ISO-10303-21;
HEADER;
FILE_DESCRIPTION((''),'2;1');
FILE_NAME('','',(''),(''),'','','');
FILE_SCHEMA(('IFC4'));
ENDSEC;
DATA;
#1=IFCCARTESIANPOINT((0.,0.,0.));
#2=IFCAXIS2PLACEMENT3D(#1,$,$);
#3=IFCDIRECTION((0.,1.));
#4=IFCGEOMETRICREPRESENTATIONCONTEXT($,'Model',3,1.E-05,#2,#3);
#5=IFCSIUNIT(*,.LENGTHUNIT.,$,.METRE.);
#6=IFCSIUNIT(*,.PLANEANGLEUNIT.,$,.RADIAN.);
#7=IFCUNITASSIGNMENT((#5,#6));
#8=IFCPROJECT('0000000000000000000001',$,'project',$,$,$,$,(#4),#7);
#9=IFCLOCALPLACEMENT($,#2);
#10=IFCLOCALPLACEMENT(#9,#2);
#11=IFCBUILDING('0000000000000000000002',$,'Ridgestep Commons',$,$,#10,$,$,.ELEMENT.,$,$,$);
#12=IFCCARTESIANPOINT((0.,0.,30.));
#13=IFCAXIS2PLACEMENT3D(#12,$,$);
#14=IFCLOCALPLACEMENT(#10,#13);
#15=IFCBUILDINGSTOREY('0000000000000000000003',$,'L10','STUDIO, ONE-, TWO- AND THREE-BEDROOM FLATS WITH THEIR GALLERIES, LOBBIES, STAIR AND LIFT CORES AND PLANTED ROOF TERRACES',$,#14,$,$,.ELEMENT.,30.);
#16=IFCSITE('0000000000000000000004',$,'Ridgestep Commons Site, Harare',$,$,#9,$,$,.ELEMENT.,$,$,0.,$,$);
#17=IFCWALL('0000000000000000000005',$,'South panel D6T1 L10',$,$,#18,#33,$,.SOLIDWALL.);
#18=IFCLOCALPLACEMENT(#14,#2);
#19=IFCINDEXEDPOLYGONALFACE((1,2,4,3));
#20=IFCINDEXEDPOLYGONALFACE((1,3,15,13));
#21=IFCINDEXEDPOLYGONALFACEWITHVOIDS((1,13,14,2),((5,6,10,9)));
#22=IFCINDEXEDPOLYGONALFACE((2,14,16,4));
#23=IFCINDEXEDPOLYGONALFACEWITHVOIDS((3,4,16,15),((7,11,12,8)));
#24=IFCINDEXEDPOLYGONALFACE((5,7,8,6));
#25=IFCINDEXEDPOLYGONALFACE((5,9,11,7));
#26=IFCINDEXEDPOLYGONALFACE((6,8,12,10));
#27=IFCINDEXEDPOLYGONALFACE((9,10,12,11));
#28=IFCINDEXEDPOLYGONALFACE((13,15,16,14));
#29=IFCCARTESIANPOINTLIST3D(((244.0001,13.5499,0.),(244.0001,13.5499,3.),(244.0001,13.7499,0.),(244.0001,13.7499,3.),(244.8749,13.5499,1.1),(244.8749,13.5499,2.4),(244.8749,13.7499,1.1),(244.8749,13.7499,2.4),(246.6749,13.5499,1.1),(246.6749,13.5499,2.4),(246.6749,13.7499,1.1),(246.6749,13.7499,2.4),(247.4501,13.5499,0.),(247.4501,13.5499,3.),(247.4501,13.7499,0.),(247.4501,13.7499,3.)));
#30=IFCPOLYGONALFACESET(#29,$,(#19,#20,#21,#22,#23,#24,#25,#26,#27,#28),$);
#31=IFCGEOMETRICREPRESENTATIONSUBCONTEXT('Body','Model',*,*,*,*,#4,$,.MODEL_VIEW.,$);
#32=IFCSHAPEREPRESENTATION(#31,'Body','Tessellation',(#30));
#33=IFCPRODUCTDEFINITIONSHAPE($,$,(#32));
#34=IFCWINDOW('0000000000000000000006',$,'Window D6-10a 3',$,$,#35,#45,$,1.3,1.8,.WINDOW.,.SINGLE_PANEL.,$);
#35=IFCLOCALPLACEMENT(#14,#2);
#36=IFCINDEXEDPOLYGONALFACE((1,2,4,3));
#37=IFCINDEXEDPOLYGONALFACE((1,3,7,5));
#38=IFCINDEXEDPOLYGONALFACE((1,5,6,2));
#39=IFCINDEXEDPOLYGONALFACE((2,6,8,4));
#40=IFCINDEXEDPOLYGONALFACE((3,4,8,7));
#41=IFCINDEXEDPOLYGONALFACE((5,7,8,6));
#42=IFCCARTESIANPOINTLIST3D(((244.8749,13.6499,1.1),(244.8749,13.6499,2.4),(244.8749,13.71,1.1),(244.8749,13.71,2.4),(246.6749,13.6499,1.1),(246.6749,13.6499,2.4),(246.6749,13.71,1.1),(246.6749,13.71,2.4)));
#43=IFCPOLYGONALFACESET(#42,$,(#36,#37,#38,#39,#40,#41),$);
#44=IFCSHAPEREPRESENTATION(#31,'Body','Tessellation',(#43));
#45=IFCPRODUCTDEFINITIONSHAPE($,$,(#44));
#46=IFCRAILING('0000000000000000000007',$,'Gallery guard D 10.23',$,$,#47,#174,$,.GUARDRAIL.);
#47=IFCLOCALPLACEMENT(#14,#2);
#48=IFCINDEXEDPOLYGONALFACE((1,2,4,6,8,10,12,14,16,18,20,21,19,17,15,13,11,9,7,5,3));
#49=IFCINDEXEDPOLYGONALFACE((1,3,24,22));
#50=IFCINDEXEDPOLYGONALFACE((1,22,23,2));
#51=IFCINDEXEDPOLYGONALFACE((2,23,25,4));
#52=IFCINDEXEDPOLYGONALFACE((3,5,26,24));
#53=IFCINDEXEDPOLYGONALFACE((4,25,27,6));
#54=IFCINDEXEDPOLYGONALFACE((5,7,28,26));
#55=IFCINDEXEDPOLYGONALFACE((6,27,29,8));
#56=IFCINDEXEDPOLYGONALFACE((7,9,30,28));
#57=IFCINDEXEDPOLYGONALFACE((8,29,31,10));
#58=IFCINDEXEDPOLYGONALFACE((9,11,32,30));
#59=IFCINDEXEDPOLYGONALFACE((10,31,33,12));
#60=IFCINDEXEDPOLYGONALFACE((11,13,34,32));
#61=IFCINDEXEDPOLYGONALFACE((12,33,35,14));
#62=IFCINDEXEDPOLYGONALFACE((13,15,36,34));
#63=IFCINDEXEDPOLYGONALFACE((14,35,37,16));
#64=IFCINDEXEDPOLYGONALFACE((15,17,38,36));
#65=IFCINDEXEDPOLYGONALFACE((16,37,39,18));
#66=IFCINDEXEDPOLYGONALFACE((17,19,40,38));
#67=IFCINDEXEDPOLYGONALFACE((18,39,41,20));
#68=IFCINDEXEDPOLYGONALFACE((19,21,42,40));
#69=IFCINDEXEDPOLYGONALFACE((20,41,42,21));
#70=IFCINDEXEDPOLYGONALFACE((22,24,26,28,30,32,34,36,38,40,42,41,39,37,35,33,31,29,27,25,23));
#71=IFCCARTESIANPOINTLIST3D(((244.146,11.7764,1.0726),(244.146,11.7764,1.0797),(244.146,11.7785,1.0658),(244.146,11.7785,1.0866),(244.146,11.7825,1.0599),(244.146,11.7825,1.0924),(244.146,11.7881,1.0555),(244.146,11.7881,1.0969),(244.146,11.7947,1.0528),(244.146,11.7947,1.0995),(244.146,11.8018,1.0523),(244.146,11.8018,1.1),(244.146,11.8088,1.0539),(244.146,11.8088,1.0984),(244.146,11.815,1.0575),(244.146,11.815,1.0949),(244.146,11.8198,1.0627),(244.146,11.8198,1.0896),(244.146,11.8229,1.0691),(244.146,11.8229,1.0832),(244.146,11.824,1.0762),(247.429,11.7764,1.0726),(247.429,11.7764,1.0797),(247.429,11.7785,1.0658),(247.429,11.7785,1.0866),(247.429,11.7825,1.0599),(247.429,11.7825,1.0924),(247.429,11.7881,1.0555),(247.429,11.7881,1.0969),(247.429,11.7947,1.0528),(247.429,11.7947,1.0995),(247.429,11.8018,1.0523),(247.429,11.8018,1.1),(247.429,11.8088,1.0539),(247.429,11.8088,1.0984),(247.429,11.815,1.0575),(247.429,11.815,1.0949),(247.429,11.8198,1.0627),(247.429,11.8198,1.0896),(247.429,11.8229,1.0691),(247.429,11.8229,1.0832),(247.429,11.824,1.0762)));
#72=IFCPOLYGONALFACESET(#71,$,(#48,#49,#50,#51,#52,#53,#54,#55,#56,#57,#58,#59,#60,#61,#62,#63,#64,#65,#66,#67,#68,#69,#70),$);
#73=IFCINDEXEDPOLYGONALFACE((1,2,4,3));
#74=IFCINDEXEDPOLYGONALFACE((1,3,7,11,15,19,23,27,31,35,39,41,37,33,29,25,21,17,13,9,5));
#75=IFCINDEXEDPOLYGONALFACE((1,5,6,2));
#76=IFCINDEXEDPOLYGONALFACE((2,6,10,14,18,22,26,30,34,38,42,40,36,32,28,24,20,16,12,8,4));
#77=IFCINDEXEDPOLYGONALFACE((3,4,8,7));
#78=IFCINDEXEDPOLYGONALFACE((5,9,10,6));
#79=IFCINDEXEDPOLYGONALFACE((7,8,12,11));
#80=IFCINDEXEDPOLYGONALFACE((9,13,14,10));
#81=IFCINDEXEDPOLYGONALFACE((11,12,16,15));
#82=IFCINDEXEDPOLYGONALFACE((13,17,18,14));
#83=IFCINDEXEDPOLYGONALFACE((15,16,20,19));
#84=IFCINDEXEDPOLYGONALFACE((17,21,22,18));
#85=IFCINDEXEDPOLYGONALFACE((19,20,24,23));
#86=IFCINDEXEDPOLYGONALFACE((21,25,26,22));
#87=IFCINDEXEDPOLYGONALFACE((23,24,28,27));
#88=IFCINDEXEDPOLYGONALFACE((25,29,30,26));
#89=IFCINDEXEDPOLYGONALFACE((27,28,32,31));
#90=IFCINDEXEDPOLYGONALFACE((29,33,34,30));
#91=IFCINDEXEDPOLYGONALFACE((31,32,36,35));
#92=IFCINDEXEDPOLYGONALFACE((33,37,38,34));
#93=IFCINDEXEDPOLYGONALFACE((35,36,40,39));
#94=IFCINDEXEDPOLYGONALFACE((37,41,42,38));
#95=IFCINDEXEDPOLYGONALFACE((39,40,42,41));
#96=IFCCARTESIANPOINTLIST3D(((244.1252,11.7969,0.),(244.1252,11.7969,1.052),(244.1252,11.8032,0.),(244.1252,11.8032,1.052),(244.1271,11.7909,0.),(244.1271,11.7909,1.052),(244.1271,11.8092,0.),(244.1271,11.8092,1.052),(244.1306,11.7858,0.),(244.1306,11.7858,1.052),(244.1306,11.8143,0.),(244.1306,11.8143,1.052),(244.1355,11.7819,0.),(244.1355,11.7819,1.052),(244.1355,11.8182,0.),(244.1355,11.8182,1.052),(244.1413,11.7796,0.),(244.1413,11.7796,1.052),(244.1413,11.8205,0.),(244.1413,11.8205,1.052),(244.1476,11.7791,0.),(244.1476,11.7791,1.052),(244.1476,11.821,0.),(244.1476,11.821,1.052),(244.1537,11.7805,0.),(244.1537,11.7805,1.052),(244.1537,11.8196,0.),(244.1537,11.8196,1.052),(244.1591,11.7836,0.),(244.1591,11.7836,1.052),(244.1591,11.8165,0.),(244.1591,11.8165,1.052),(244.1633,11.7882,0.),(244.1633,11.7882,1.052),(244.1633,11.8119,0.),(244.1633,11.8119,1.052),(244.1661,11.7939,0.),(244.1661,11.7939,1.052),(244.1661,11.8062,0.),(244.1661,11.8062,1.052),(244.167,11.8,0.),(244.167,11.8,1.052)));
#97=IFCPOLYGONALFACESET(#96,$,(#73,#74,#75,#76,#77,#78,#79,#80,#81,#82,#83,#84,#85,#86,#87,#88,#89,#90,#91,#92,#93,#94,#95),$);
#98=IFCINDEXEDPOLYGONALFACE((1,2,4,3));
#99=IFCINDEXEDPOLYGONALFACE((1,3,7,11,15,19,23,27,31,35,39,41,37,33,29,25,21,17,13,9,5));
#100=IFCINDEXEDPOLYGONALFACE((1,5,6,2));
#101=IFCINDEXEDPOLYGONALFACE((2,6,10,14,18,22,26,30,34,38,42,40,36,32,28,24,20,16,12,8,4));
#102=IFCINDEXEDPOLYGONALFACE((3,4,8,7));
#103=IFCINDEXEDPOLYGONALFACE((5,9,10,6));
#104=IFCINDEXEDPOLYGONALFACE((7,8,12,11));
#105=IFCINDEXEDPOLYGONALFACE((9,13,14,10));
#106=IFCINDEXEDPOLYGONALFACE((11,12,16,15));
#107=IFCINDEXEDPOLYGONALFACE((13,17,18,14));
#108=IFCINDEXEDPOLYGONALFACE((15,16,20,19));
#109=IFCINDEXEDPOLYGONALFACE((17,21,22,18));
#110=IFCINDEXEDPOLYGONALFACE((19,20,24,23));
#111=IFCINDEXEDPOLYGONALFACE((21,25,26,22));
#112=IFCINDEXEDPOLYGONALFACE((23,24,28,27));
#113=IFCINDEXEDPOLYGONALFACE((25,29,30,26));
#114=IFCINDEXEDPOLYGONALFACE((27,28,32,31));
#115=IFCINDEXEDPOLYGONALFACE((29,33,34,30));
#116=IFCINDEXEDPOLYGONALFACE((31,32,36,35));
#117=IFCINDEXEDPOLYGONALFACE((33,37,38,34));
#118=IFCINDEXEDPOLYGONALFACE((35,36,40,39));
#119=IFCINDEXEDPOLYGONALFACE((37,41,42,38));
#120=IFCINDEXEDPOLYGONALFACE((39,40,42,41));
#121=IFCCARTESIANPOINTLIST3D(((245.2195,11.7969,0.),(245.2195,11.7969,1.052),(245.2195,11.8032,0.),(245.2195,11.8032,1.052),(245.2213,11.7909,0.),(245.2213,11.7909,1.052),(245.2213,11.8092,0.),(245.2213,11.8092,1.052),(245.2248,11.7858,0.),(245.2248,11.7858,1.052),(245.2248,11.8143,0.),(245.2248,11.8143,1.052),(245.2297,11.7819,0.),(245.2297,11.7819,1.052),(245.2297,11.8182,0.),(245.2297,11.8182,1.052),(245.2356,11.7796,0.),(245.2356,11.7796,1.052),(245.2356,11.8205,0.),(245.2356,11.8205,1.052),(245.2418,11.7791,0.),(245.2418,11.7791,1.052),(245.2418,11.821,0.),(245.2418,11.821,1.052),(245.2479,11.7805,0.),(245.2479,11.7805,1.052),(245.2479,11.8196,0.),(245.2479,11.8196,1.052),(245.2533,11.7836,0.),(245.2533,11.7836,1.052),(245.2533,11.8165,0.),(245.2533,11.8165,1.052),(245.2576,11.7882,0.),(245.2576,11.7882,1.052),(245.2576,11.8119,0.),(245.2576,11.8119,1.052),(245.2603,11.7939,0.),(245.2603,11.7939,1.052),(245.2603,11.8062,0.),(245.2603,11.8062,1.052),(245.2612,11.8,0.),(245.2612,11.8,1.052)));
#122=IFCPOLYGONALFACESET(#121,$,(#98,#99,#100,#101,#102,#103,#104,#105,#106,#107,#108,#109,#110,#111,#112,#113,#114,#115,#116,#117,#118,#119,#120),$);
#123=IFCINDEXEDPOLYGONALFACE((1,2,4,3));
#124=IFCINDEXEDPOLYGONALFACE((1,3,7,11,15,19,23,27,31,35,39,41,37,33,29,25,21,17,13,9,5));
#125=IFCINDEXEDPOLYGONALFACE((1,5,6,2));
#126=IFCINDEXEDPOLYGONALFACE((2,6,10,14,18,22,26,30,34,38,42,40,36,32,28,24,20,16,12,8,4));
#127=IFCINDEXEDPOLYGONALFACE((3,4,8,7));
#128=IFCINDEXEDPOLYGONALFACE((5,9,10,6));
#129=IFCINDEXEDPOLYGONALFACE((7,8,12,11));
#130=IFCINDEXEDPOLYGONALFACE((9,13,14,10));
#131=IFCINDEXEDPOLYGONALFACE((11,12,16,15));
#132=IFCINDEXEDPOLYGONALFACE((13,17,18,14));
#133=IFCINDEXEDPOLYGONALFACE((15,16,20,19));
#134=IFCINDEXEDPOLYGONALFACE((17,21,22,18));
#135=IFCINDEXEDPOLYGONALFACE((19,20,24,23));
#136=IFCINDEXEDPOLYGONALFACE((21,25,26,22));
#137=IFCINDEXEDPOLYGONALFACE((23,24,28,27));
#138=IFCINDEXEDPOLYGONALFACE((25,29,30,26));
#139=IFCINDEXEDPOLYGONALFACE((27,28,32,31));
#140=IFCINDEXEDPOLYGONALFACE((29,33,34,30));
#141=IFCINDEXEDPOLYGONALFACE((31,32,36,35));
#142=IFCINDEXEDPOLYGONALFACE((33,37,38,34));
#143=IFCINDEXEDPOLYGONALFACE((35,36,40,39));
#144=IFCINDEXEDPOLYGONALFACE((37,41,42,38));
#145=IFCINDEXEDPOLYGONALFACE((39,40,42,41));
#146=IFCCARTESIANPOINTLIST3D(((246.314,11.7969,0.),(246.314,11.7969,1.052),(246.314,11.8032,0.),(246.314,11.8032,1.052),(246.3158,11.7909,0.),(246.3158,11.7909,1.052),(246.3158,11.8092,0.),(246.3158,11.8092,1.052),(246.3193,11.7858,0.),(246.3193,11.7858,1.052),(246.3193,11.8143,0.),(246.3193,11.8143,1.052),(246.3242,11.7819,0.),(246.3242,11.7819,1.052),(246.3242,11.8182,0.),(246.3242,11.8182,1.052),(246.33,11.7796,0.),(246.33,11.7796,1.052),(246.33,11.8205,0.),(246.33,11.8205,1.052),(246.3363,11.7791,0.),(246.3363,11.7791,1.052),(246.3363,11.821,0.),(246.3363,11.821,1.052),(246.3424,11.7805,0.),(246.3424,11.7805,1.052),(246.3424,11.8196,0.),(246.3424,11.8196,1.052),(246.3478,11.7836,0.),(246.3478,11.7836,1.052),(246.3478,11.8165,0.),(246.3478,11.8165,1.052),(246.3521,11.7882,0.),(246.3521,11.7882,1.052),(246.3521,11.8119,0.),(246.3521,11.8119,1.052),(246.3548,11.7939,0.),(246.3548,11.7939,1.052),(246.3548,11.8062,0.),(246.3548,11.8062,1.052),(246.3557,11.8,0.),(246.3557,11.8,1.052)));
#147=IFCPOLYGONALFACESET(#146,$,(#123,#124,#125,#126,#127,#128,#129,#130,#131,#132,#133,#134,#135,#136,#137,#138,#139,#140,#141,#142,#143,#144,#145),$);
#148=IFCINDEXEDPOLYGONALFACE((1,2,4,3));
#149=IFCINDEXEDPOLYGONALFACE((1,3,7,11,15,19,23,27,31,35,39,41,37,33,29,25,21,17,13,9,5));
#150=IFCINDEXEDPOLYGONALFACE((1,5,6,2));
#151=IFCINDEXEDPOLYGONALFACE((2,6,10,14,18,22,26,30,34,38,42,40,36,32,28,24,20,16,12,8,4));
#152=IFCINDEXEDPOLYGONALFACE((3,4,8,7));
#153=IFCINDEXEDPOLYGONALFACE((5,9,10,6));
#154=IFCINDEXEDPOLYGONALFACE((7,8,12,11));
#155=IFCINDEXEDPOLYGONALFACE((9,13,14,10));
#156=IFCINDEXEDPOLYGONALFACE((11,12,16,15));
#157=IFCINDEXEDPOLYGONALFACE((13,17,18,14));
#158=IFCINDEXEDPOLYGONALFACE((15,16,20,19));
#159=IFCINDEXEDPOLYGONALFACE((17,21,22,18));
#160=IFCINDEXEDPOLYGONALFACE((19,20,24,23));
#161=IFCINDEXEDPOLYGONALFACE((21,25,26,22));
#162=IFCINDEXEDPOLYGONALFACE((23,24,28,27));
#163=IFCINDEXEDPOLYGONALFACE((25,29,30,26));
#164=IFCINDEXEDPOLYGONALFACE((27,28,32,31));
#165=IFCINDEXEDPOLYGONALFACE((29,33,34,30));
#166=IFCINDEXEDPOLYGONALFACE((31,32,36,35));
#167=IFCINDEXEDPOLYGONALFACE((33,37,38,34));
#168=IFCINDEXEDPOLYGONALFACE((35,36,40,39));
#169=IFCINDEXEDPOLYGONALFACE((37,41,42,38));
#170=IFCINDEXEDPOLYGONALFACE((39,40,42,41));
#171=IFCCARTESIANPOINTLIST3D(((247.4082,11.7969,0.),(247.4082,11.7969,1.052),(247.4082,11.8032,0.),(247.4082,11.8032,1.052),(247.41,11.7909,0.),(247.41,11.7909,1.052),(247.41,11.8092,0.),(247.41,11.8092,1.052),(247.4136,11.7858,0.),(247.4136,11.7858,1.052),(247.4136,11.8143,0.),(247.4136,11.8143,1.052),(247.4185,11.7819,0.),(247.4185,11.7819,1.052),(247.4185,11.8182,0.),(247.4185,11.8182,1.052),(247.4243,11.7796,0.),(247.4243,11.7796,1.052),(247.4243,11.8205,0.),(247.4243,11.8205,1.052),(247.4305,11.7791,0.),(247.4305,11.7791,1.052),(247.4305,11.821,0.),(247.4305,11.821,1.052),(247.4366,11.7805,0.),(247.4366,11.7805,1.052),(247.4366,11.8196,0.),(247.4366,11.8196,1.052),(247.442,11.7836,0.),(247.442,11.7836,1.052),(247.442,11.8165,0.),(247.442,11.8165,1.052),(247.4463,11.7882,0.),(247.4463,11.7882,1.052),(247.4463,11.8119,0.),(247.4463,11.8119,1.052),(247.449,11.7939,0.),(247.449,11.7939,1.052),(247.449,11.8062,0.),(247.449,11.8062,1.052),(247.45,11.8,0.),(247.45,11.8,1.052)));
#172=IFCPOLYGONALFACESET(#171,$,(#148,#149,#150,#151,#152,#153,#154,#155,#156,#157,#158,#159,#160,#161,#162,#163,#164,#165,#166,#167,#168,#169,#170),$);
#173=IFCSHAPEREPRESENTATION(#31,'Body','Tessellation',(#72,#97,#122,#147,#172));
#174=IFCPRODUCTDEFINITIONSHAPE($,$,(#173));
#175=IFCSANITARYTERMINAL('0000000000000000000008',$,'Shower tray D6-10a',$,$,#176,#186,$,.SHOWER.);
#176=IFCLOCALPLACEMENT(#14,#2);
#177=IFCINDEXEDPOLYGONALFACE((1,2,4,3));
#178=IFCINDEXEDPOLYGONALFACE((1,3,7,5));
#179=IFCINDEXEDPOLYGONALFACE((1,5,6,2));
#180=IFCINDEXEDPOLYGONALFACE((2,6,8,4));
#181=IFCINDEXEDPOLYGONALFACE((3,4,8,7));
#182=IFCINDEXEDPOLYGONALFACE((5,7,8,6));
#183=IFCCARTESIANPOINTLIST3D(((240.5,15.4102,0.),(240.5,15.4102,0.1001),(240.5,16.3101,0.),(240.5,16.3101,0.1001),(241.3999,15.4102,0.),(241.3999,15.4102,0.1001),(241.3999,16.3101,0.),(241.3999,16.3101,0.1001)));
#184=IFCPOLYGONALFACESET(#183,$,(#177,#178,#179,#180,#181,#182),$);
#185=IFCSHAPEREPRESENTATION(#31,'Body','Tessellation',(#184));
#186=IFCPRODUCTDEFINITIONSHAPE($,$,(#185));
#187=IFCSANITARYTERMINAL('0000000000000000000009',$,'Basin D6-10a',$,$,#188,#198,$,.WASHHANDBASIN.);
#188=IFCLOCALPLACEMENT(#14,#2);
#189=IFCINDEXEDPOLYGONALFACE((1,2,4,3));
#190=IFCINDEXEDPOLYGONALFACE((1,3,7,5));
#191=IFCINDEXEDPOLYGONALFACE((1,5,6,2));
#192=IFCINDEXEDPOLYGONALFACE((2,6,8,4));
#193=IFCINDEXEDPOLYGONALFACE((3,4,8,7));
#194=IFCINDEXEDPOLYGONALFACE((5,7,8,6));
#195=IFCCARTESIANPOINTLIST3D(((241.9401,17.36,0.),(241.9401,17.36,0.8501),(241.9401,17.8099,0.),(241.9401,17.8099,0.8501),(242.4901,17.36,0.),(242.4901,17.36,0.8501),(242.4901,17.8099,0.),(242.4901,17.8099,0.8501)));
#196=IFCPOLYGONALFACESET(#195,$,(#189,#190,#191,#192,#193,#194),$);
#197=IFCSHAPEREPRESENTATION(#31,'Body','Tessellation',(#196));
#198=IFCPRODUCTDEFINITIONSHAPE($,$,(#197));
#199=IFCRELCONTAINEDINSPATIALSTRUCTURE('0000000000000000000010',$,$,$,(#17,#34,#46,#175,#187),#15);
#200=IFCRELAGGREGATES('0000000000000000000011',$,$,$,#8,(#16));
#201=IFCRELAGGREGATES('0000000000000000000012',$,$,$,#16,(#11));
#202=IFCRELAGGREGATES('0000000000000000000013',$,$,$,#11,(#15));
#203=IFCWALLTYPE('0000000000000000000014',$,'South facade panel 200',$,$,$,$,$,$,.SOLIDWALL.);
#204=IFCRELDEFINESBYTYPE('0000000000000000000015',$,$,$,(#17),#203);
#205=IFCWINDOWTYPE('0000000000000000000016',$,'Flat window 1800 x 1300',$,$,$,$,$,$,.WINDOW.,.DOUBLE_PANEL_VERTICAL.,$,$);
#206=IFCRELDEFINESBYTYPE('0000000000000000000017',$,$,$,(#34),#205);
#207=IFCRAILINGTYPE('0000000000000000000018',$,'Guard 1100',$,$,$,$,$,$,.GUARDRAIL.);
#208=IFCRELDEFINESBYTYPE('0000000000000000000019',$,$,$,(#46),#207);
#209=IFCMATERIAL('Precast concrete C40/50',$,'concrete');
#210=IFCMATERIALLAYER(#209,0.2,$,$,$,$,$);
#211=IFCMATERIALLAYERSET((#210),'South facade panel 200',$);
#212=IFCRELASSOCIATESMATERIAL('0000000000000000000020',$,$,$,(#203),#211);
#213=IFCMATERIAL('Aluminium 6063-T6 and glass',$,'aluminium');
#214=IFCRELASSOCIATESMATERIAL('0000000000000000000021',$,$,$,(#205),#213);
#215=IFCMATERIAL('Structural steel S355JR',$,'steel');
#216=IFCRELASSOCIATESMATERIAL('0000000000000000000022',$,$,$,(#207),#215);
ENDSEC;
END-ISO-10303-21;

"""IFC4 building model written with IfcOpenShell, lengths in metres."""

from ifc_helpers import new_model, si_unit, direction, frame, frame_2d, origin, origin_2d, place, context, subcontext, project, spatial, rectangle, circle, extrude, material, layer, layer_set, type_object, element, fill, save


model = new_model("IFC4")

# Units and contexts
model_context = context("Model", 3, precision=1e-05, world=origin(), true_north=direction((0.0, 1.0)))
body_context = subcontext(model_context, "Body", "Model", "MODEL_VIEW")
ifc_project = project(units=[si_unit("LENGTHUNIT", "METRE"), si_unit("PLANEANGLEUNIT", "RADIAN")], contexts=[model_context])

# Site, building, storey
site_placement = place(None, origin())
site = spatial("IfcSite", under=ifc_project, at=site_placement, Name="Ridgestep Commons Site, Harare", CompositionType="ELEMENT", RefElevation=0.0)
building_placement = place(site_placement, origin())
building = spatial("IfcBuilding", under=site, at=building_placement, Name="Ridgestep Commons", CompositionType="ELEMENT")
storey_placement = place(building_placement, frame((0.0, 0.0, 30.0)))
storey = spatial("IfcBuildingStorey", under=building, at=storey_placement, Name="L10", Description="STUDIO, ONE-, TWO- AND THREE-BEDROOM FLATS WITH THEIR GALLERIES, LOBBIES, STAIR AND LIFT CORES AND PLANTED ROOF TERRACES", CompositionType="ELEMENT", Elevation=30.0)

# Wall, opening, window
ifc_material_1 = material(Name="Precast concrete C40/50", Category="concrete")
ifc_layer_1 = layer(ifc_material_1, 0.2)
ifc_layer_set_1 = layer_set([ifc_layer_1], Name="South facade panel 200")
wall_type_1 = type_object("IfcWallType", Name="South facade panel 200", PredefinedType="SOLIDWALL", material=ifc_layer_set_1)
wall_1_placement = place(storey_placement, frame((244.0, 13.6499, 0.0), z_axis=(0.0, 0.0, 1.0), x_axis=(1.0, 0.0, 0.0)))
wall_1 = element("IfcWall", 1, at=wall_1_placement, inside=storey, type_object=wall_type_1, Name="South panel D6T1 L10", PredefinedType="SOLIDWALL", context=body_context, shape_type="SweptSolid", body=[
    extrude(rectangle(XDim=3.45, YDim=0.2, at=frame_2d((1.7251, 0.0))), origin(), (0.0, 0.0, 1.0), 3.0),
])
opening_1_placement = place(wall_1_placement, frame((0.875, 0.0, 1.1001)))
opening_1 = element("IfcOpeningElement", 2, at=opening_1_placement, cuts=wall_1, PredefinedType="OPENING", context=body_context, shape_type="SweptSolid", body=[
    extrude(rectangle(XDim=1.8, YDim=1.3, at=frame_2d((0.8999, 0.6499))), frame((0.0, 0.1099, 0.0), z_axis=(0.0, -1.0, 0.0), x_axis=(1.0, 0.0, 0.0)), (0.0, 0.0, 1.0), 0.22),
])
ifc_material_2 = material(Name="Aluminium 6063-T6 and glass", Category="aluminium")
window_type_1 = type_object("IfcWindowType", Name="Flat window 1800 x 1300", PartitioningType="DOUBLE_PANEL_VERTICAL", PredefinedType="WINDOW", material=ifc_material_2)
window_1_placement = place(opening_1_placement, origin())
window_1 = element("IfcWindow", 3, at=window_1_placement, inside=storey, type_object=window_type_1, Name="Window D6-10a 3", OverallHeight=1.3, OverallWidth=1.8, PartitioningType="SINGLE_PANEL", PredefinedType="WINDOW", context=body_context, shape_type="SweptSolid", body=[
    extrude(rectangle(XDim=1.8, YDim=1.3, at=frame_2d((0.8999, 0.6499))), frame((0.0, 0.0601, 0.0), z_axis=(0.0, -1.0, 0.0), x_axis=(1.0, 0.0, 0.0)), (0.0, 0.0, 1.0), 0.0601),
])
fill(opening_1, window_1)

# Railing
ifc_material_3 = material(Name="Structural steel S355JR", Category="steel")
railing_type = type_object("IfcRailingType", Name="Guard 1100", PredefinedType="GUARDRAIL", material=ifc_material_3)
railing_placement = place(storey_placement, frame((244.146, 11.8, 0.0)))
element("IfcRailing", 4, at=railing_placement, inside=storey, type_object=railing_type, Name="Gallery guard D 10.23", PredefinedType="GUARDRAIL", context=body_context, shape_type="SweptSolid", body=[
    extrude(circle(Radius=0.0239, at=origin_2d()), frame((0.0, 0.0, 1.0762), z_axis=(1.0, 0.0, 0.0), x_axis=(0.0, 1.0, 0.0)), (0.0, 0.0, 1.0), 3.283),
    extrude(circle(Radius=0.021, at=origin_2d()), origin(), (0.0, 0.0, 1.0), 1.052),
    extrude(circle(Radius=0.021, at=origin_2d()), frame((1.0942, 0.0, 0.0)), (0.0, 0.0, 1.0), 1.052),
    extrude(circle(Radius=0.021, at=origin_2d()), frame((2.1887, 0.0, 0.0)), (0.0, 0.0, 1.0), 1.052),
    extrude(circle(Radius=0.021, at=origin_2d()), frame((3.283, 0.0, 0.0)), (0.0, 0.0, 1.0), 1.052),
])

# Sanitary terminals
sanitary_terminal_1_placement = place(storey_placement, frame((240.95, 15.8601, 0.0), z_axis=(0.0, 0.0, 1.0), x_axis=(1.0, 0.0, 0.0)))
element("IfcSanitaryTerminal", 5, at=sanitary_terminal_1_placement, inside=storey, Name="Shower tray D6-10a", PredefinedType="SHOWER", context=body_context, shape_type="SweptSolid", body=[
    extrude(rectangle(XDim=0.8999, YDim=0.8999, at=origin_2d()), origin(), (0.0, 0.0, 1.0), 0.1001),
])
sanitary_terminal_2_placement = place(storey_placement, frame((242.2151, 17.585, 0.0), z_axis=(0.0, 0.0, 1.0), x_axis=(1.0, 0.0, 0.0)))
element("IfcSanitaryTerminal", 6, at=sanitary_terminal_2_placement, inside=storey, Name="Basin D6-10a", PredefinedType="WASHHANDBASIN", context=body_context, shape_type="SweptSolid", body=[
    extrude(rectangle(XDim=0.55, YDim=0.45, at=origin_2d()), origin(), (0.0, 0.0, 1.0), 0.8501),
])

save(model, "model.ifc")
